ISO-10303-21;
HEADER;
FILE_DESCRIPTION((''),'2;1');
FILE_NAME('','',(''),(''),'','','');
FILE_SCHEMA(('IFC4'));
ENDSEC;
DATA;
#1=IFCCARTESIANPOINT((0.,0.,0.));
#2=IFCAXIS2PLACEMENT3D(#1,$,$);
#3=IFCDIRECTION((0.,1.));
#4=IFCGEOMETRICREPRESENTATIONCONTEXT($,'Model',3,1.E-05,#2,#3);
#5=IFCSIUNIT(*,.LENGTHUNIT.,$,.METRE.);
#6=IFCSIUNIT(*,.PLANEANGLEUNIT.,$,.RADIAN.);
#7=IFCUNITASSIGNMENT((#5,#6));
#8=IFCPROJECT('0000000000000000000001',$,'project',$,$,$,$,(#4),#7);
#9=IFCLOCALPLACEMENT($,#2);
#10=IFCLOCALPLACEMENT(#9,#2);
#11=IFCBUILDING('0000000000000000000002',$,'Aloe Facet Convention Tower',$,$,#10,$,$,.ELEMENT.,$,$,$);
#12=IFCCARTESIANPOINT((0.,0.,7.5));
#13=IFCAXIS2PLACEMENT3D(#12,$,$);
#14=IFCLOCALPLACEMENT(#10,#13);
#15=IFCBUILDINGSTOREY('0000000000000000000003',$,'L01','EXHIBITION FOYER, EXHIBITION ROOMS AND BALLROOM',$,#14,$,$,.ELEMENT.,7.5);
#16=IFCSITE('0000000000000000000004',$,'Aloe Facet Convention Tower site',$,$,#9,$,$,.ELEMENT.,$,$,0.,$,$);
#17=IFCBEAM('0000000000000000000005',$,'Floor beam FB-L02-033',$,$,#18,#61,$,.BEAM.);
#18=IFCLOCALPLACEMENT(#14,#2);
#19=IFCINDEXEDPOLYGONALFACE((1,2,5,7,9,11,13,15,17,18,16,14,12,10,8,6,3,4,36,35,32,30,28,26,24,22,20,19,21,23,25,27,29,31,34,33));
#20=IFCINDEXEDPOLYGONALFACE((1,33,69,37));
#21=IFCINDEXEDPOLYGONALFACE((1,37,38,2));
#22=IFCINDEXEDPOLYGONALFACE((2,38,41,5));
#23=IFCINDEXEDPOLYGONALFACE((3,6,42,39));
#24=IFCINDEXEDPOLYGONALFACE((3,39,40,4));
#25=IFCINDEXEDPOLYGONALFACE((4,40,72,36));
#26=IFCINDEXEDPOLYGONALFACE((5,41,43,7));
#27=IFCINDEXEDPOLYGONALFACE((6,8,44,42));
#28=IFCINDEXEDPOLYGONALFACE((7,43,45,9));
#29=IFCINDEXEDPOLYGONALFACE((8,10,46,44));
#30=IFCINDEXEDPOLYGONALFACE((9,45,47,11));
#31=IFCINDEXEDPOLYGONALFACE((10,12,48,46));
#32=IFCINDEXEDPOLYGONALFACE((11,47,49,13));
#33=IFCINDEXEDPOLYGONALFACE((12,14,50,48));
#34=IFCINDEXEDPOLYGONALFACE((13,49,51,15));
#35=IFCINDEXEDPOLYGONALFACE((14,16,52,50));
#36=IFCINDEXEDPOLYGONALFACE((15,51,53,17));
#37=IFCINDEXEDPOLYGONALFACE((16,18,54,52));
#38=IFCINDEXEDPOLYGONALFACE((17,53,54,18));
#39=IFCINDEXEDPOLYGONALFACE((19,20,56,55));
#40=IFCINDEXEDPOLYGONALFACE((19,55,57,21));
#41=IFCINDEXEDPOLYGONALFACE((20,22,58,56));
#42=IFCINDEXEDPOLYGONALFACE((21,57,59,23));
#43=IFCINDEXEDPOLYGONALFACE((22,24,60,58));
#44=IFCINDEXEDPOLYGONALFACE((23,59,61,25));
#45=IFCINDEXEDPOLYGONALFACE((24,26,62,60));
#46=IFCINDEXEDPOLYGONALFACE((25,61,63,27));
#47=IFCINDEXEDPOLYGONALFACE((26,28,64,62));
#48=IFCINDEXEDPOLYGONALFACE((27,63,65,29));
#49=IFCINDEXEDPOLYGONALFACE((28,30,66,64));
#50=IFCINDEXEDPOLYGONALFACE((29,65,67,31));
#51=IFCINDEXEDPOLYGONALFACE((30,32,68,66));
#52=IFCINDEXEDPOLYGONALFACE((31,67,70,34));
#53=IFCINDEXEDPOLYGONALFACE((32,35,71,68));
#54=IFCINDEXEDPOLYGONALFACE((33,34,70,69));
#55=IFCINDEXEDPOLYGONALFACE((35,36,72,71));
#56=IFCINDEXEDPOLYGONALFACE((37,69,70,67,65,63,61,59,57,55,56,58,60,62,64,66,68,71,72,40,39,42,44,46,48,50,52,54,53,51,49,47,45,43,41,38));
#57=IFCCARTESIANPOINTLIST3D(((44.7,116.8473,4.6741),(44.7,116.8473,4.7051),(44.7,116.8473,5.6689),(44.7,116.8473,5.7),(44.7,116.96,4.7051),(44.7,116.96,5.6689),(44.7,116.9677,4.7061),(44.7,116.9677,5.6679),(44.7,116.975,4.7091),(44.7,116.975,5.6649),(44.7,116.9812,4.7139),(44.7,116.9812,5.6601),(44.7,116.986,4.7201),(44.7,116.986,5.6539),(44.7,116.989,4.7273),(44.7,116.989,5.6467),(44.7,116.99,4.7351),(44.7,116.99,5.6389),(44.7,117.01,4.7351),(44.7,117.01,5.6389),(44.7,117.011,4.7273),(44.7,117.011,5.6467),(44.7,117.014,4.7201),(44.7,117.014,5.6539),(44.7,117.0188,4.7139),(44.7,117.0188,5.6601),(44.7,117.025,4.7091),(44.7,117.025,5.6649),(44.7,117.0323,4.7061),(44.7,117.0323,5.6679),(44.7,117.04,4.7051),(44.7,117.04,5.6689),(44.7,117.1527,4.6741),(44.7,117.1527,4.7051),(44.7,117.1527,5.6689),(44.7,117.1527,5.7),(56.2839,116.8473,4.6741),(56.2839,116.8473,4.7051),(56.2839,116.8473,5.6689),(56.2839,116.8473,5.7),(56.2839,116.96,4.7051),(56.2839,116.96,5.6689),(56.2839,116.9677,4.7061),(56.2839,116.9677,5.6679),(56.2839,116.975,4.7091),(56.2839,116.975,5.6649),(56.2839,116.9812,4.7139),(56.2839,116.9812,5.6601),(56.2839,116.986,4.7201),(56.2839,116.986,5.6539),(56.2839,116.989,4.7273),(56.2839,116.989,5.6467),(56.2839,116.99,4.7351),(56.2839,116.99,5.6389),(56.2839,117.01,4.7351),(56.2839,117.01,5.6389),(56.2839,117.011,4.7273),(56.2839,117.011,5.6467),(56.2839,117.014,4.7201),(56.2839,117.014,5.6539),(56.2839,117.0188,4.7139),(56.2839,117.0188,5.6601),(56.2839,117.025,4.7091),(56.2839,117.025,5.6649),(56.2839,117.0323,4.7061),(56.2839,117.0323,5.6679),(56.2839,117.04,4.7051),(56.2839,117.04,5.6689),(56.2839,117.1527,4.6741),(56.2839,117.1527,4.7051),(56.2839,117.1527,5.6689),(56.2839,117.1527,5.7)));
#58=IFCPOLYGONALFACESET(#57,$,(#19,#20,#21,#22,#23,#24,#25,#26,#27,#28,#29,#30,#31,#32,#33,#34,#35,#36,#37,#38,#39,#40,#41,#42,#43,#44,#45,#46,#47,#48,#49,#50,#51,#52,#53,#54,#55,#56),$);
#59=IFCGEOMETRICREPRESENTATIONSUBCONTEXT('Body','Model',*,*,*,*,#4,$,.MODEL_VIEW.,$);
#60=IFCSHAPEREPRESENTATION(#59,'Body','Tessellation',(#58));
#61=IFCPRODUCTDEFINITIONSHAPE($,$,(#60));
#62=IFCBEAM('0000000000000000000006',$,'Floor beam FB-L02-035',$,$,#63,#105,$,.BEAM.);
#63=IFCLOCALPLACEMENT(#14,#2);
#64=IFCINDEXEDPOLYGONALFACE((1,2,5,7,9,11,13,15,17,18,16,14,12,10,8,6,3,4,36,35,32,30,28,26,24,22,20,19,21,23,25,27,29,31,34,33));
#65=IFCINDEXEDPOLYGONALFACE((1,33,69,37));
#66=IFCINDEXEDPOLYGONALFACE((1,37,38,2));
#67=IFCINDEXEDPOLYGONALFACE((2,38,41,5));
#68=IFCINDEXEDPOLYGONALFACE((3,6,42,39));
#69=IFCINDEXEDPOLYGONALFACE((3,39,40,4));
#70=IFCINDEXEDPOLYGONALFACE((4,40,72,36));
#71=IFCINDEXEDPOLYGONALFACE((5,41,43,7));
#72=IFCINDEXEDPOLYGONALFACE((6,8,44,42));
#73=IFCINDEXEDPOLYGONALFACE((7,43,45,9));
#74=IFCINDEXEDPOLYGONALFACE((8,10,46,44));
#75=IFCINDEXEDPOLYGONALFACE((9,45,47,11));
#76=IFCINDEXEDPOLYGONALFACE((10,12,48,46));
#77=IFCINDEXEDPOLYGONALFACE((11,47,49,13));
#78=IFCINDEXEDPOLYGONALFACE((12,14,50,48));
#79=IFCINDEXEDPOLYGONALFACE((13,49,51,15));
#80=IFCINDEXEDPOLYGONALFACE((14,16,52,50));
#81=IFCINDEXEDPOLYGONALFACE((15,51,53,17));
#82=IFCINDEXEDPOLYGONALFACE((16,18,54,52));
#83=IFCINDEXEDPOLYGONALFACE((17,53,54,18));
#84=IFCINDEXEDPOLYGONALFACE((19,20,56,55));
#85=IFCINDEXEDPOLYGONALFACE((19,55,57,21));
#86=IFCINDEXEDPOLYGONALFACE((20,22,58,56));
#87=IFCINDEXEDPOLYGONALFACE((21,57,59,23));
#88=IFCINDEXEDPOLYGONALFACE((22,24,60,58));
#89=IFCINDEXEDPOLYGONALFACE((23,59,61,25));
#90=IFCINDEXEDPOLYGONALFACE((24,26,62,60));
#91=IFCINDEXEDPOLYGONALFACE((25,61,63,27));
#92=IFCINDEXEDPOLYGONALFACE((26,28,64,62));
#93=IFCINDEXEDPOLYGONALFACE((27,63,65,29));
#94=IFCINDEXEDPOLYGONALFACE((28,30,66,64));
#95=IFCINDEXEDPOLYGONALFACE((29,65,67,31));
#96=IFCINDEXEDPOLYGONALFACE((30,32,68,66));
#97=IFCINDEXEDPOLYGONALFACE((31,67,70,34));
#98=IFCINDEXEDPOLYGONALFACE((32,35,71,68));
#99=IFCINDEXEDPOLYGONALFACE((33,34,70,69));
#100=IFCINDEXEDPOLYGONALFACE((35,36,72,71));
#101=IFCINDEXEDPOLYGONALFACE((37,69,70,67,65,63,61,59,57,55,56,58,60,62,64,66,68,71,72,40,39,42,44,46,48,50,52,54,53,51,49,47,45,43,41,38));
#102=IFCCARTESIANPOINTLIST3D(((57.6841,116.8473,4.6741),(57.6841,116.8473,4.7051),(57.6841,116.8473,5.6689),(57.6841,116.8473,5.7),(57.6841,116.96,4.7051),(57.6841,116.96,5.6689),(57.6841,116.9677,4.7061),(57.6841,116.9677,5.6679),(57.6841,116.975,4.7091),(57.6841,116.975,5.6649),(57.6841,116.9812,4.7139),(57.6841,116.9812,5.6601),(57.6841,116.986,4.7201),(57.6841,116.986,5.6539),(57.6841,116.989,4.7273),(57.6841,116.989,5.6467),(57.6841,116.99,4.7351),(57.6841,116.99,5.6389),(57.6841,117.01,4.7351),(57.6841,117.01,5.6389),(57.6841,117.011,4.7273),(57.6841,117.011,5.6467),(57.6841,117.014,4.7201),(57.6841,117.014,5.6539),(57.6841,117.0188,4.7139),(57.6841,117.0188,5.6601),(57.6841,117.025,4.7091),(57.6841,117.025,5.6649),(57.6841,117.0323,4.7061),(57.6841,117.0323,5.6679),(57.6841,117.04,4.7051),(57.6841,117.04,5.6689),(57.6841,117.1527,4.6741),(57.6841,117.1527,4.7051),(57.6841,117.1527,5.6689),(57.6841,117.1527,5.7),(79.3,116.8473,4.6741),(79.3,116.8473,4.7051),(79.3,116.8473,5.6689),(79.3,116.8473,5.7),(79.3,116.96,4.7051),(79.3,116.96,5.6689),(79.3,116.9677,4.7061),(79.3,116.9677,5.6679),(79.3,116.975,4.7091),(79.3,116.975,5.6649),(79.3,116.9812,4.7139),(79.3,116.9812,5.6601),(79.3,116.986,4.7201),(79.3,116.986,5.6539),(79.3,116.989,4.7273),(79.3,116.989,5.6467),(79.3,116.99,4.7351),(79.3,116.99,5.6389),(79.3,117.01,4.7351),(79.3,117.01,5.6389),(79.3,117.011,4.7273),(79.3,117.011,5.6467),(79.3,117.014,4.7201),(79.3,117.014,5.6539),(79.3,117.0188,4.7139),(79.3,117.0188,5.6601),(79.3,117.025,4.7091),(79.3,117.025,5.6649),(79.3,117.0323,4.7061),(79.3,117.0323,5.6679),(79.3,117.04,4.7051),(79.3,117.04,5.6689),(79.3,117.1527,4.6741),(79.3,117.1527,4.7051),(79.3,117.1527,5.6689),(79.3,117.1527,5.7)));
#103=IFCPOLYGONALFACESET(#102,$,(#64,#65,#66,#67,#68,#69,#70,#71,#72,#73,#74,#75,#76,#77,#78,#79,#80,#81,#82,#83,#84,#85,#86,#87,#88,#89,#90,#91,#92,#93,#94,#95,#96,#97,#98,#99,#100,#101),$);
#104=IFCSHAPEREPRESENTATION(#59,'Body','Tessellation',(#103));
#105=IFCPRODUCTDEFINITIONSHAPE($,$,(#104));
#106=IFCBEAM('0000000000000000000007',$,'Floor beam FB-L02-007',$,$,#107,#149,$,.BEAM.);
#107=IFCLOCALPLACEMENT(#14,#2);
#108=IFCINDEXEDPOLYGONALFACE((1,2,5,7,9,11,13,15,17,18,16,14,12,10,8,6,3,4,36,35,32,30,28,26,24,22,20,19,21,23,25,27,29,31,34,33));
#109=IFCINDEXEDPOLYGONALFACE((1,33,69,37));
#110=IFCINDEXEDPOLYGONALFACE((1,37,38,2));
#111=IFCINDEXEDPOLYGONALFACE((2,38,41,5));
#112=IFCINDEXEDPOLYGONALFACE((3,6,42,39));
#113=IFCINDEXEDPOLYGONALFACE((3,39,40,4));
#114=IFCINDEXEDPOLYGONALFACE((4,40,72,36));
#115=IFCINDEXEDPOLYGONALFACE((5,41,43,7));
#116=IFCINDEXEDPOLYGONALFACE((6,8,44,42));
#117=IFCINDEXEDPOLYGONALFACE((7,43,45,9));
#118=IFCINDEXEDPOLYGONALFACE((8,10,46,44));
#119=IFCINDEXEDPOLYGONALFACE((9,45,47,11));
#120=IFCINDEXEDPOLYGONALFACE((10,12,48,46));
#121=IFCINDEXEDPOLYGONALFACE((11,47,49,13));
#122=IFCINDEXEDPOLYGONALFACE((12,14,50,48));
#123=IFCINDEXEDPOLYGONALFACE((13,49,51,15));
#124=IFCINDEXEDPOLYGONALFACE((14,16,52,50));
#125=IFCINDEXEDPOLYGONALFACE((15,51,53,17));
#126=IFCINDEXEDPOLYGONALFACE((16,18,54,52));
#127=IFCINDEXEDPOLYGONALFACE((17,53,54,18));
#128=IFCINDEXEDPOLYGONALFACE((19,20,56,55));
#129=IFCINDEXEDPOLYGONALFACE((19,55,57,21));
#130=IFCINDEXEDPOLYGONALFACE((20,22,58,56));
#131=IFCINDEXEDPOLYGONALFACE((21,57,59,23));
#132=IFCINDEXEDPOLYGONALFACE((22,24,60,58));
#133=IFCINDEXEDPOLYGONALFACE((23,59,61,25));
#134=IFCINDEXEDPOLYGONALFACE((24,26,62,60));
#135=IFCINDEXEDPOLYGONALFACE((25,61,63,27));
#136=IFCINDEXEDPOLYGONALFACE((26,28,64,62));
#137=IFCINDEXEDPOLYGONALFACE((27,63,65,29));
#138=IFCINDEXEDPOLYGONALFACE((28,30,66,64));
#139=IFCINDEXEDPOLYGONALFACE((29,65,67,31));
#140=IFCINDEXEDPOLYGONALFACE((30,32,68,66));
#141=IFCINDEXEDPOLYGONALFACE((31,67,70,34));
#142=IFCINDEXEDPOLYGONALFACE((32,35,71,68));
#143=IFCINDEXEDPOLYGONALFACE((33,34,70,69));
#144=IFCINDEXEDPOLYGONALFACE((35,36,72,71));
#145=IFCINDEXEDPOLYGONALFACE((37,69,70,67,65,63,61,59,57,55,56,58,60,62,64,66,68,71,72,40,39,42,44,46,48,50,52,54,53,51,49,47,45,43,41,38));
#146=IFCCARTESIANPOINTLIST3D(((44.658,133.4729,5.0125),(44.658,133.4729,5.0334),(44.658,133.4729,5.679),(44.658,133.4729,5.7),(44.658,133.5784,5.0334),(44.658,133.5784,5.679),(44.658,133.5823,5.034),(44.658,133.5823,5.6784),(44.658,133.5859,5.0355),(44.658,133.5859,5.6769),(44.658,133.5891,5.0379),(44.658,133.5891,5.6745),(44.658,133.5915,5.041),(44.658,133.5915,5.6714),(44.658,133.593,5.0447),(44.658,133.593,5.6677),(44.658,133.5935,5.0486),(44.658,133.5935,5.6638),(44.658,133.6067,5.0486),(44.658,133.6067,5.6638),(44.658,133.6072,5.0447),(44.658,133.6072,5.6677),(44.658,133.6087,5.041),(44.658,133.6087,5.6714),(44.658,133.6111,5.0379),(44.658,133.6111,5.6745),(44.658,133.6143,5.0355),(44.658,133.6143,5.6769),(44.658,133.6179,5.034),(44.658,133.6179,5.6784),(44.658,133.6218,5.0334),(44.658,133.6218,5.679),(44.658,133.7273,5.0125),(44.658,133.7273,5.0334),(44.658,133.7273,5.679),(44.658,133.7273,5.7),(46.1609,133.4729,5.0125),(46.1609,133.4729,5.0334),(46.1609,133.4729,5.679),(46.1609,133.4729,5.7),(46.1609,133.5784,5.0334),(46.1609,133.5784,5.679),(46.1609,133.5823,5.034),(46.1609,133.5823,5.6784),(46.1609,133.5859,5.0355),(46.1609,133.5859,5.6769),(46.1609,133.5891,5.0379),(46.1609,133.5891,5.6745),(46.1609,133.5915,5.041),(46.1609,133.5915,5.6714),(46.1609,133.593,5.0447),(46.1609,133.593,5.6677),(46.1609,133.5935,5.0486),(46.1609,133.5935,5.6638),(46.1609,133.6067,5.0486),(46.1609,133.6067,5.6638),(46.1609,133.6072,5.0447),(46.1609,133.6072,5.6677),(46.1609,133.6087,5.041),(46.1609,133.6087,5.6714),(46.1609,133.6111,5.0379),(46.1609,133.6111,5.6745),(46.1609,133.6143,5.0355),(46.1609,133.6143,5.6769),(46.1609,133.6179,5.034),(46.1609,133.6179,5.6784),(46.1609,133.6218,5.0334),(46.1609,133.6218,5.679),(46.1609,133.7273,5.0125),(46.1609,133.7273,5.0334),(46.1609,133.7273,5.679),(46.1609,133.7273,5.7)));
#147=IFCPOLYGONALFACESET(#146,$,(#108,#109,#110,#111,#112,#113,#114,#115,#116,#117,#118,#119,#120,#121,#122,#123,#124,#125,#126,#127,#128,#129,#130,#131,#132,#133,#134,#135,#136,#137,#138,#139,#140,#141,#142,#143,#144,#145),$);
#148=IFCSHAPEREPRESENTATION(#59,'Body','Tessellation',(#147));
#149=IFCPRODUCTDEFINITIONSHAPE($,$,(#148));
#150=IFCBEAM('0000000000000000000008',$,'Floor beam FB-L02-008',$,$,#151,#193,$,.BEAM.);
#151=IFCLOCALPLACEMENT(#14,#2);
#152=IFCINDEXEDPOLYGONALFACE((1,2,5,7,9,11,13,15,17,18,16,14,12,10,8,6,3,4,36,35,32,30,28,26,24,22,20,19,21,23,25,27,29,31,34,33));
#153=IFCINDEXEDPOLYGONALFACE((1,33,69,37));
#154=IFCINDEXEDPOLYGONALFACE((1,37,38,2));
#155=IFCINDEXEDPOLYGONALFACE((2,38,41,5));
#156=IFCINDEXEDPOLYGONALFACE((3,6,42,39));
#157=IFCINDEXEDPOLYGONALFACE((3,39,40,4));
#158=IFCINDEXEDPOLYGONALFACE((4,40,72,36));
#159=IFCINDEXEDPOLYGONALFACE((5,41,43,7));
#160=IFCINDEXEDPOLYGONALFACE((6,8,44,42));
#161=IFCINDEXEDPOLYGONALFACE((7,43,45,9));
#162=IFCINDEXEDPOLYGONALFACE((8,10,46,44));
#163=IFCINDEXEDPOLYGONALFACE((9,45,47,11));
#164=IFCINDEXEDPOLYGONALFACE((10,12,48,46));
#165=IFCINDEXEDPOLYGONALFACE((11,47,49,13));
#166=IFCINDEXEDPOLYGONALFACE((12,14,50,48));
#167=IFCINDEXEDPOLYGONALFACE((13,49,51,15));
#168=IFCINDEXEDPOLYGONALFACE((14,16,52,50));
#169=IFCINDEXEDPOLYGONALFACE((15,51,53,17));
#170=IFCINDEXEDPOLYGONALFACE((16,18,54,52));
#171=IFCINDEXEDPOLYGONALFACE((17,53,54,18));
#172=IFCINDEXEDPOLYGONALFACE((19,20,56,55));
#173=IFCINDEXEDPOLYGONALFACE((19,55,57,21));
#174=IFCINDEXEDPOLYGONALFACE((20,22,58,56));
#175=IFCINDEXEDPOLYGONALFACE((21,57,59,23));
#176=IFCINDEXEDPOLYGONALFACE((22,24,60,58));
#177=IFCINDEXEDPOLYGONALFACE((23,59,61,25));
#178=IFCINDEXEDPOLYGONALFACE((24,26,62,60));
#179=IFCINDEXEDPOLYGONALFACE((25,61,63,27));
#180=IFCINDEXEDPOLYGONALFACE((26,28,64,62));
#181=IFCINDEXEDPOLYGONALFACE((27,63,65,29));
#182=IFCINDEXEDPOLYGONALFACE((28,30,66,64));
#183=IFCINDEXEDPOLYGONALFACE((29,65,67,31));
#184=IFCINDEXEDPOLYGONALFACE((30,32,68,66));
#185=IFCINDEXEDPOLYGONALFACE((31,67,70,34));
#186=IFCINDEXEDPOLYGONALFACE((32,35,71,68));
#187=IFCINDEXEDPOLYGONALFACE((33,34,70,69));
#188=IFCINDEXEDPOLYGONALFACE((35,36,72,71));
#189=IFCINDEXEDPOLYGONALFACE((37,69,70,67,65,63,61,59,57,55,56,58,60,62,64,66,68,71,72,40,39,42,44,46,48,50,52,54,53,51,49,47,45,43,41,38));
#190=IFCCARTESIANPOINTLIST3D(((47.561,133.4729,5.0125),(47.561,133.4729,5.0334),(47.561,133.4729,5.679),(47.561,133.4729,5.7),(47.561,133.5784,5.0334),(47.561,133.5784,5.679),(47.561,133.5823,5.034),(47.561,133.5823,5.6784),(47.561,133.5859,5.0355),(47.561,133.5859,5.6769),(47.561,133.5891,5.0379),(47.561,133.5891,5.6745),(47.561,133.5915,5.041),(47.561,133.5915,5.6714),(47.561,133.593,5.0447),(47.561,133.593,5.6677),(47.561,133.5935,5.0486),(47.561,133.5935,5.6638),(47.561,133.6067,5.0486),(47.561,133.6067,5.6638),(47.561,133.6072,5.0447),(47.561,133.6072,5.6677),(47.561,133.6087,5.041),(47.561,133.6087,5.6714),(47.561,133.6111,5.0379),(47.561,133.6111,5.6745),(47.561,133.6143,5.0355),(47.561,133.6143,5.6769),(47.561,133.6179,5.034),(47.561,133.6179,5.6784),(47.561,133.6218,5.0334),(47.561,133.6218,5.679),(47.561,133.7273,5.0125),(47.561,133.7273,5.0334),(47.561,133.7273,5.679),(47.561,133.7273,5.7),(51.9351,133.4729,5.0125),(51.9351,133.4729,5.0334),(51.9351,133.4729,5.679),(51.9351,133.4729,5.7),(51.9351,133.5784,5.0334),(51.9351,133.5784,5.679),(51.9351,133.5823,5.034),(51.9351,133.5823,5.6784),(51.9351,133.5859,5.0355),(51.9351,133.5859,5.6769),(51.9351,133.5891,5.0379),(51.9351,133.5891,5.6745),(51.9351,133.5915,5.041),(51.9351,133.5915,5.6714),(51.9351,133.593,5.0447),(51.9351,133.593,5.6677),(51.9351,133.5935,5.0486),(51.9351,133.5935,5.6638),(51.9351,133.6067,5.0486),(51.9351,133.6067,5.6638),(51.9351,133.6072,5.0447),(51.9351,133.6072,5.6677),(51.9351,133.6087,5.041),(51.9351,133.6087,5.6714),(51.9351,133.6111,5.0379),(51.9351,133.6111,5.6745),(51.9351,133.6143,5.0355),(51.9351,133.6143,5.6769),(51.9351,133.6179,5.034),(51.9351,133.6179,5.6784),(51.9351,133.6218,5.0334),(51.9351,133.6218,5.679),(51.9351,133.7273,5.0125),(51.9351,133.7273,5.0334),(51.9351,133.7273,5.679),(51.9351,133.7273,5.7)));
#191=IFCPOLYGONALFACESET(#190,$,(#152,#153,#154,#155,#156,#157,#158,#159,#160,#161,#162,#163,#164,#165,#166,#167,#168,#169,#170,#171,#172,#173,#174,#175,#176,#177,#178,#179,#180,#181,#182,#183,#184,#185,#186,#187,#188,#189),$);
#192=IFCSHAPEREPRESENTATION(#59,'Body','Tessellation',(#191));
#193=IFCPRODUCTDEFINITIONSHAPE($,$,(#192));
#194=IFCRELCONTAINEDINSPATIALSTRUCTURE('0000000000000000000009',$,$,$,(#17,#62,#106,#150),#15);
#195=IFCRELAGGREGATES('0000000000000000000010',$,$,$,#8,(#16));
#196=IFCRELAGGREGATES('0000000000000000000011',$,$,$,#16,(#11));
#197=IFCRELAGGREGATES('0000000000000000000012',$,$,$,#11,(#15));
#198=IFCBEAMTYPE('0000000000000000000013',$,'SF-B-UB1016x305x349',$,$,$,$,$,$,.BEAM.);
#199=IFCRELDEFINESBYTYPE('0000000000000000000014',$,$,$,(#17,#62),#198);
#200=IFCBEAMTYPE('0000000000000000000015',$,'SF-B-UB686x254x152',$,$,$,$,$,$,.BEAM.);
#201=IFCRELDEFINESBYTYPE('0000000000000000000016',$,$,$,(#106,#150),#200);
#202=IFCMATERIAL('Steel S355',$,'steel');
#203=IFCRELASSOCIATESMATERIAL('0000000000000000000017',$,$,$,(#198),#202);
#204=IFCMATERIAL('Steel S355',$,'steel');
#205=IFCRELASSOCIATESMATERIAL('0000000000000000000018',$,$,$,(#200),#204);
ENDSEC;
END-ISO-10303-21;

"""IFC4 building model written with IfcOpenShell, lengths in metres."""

from ifc_helpers import new_model, si_unit, direction, frame, origin, origin_2d, place, context, subcontext, project, spatial, i_section, extrude, material, material_profile, profile_set, type_object, element, save


model = new_model("IFC4")

# Units and contexts
model_context = context("Model", 3, precision=1e-05, world=origin(), true_north=direction((0.0, 1.0)))
body_context = subcontext(model_context, "Body", "Model", "MODEL_VIEW")
ifc_project = project(units=[si_unit("LENGTHUNIT", "METRE"), si_unit("PLANEANGLEUNIT", "RADIAN")], contexts=[model_context])

# Site, building, storey
site_placement = place(None, origin())
site = spatial("IfcSite", under=ifc_project, at=site_placement, Name="Aloe Facet Convention Tower site", CompositionType="ELEMENT", RefElevation=0.0)
building_placement = place(site_placement, origin())
building = spatial("IfcBuilding", under=site, at=building_placement, Name="Aloe Facet Convention Tower", CompositionType="ELEMENT")
storey_placement = place(building_placement, frame((0.0, 0.0, 7.5)))
storey = spatial("IfcBuildingStorey", under=building, at=storey_placement, Name="L01", Description="EXHIBITION FOYER, EXHIBITION ROOMS AND BALLROOM", CompositionType="ELEMENT", Elevation=7.5)

# Beams
ifc_material_1 = material(Name="Steel S355", Category="steel")
ifc_material_profile_1 = material_profile(ifc_material_1, i_section(OverallWidth=0.3054, OverallDepth=1.0259, WebThickness=0.02, FlangeThickness=0.031, FilletRadius=0.03, at=origin_2d()), Name="UB 1016x305x349")
ifc_profile_set_1 = profile_set([ifc_material_profile_1], Name="Steel S355")
beam_type_1 = type_object("IfcBeamType", Name="SF-B-UB1016x305x349", PredefinedType="BEAM", material=ifc_profile_set_1)
beam_1_placement = place(storey_placement, frame((44.7, 117.0, 5.187), z_axis=(1.0, 0.0, 0.0), x_axis=(0.0, 1.0, 0.0)))
element("IfcBeam", 1, at=beam_1_placement, inside=storey, type_object=beam_type_1, Name="Floor beam FB-L02-033", PredefinedType="BEAM", context=body_context, shape_type="SweptSolid", body=[
    extrude(i_section(OverallWidth=0.3054, OverallDepth=1.0259, WebThickness=0.02, FlangeThickness=0.031, FilletRadius=0.03, at=origin_2d()), origin(), (0.0, 0.0, 1.0), 11.584),
])
beam_2_placement = place(storey_placement, frame((57.6841, 117.0, 5.187), z_axis=(1.0, 0.0, 0.0), x_axis=(0.0, 1.0, 0.0)))
element("IfcBeam", 2, at=beam_2_placement, inside=storey, type_object=beam_type_1, Name="Floor beam FB-L02-035", PredefinedType="BEAM", context=body_context, shape_type="SweptSolid", body=[
    extrude(i_section(OverallWidth=0.3054, OverallDepth=1.0259, WebThickness=0.02, FlangeThickness=0.031, FilletRadius=0.03, at=origin_2d()), origin(), (0.0, 0.0, 1.0), 21.616),
])
ifc_material_2 = material(Name="Steel S355", Category="steel")
ifc_material_profile_2 = material_profile(ifc_material_2, i_section(OverallWidth=0.2544, OverallDepth=0.6875, WebThickness=0.0132, FlangeThickness=0.021, FilletRadius=0.0151, at=origin_2d()), Name="UB 686x254x152")
ifc_profile_set_2 = profile_set([ifc_material_profile_2], Name="Steel S355")
beam_type_2 = type_object("IfcBeamType", Name="SF-B-UB686x254x152", PredefinedType="BEAM", material=ifc_profile_set_2)
beam_3_placement = place(storey_placement, frame((44.658, 133.6001, 5.3562), z_axis=(1.0, 0.0, 0.0), x_axis=(0.0, 1.0, 0.0)))
element("IfcBeam", 3, at=beam_3_placement, inside=storey, type_object=beam_type_2, Name="Floor beam FB-L02-007", PredefinedType="BEAM", context=body_context, shape_type="SweptSolid", body=[
    extrude(i_section(OverallWidth=0.2544, OverallDepth=0.6875, WebThickness=0.0132, FlangeThickness=0.021, FilletRadius=0.0151, at=origin_2d()), origin(), (0.0, 0.0, 1.0), 1.5029),
])
beam_4_placement = place(storey_placement, frame((47.561, 133.6001, 5.3562), z_axis=(1.0, 0.0, 0.0), x_axis=(0.0, 1.0, 0.0)))
element("IfcBeam", 4, at=beam_4_placement, inside=storey, type_object=beam_type_2, Name="Floor beam FB-L02-008", PredefinedType="BEAM", context=body_context, shape_type="SweptSolid", body=[
    extrude(i_section(OverallWidth=0.2544, OverallDepth=0.6875, WebThickness=0.0132, FlangeThickness=0.021, FilletRadius=0.0151, at=origin_2d()), origin(), (0.0, 0.0, 1.0), 4.374),
])

save(model, "model.ifc")
